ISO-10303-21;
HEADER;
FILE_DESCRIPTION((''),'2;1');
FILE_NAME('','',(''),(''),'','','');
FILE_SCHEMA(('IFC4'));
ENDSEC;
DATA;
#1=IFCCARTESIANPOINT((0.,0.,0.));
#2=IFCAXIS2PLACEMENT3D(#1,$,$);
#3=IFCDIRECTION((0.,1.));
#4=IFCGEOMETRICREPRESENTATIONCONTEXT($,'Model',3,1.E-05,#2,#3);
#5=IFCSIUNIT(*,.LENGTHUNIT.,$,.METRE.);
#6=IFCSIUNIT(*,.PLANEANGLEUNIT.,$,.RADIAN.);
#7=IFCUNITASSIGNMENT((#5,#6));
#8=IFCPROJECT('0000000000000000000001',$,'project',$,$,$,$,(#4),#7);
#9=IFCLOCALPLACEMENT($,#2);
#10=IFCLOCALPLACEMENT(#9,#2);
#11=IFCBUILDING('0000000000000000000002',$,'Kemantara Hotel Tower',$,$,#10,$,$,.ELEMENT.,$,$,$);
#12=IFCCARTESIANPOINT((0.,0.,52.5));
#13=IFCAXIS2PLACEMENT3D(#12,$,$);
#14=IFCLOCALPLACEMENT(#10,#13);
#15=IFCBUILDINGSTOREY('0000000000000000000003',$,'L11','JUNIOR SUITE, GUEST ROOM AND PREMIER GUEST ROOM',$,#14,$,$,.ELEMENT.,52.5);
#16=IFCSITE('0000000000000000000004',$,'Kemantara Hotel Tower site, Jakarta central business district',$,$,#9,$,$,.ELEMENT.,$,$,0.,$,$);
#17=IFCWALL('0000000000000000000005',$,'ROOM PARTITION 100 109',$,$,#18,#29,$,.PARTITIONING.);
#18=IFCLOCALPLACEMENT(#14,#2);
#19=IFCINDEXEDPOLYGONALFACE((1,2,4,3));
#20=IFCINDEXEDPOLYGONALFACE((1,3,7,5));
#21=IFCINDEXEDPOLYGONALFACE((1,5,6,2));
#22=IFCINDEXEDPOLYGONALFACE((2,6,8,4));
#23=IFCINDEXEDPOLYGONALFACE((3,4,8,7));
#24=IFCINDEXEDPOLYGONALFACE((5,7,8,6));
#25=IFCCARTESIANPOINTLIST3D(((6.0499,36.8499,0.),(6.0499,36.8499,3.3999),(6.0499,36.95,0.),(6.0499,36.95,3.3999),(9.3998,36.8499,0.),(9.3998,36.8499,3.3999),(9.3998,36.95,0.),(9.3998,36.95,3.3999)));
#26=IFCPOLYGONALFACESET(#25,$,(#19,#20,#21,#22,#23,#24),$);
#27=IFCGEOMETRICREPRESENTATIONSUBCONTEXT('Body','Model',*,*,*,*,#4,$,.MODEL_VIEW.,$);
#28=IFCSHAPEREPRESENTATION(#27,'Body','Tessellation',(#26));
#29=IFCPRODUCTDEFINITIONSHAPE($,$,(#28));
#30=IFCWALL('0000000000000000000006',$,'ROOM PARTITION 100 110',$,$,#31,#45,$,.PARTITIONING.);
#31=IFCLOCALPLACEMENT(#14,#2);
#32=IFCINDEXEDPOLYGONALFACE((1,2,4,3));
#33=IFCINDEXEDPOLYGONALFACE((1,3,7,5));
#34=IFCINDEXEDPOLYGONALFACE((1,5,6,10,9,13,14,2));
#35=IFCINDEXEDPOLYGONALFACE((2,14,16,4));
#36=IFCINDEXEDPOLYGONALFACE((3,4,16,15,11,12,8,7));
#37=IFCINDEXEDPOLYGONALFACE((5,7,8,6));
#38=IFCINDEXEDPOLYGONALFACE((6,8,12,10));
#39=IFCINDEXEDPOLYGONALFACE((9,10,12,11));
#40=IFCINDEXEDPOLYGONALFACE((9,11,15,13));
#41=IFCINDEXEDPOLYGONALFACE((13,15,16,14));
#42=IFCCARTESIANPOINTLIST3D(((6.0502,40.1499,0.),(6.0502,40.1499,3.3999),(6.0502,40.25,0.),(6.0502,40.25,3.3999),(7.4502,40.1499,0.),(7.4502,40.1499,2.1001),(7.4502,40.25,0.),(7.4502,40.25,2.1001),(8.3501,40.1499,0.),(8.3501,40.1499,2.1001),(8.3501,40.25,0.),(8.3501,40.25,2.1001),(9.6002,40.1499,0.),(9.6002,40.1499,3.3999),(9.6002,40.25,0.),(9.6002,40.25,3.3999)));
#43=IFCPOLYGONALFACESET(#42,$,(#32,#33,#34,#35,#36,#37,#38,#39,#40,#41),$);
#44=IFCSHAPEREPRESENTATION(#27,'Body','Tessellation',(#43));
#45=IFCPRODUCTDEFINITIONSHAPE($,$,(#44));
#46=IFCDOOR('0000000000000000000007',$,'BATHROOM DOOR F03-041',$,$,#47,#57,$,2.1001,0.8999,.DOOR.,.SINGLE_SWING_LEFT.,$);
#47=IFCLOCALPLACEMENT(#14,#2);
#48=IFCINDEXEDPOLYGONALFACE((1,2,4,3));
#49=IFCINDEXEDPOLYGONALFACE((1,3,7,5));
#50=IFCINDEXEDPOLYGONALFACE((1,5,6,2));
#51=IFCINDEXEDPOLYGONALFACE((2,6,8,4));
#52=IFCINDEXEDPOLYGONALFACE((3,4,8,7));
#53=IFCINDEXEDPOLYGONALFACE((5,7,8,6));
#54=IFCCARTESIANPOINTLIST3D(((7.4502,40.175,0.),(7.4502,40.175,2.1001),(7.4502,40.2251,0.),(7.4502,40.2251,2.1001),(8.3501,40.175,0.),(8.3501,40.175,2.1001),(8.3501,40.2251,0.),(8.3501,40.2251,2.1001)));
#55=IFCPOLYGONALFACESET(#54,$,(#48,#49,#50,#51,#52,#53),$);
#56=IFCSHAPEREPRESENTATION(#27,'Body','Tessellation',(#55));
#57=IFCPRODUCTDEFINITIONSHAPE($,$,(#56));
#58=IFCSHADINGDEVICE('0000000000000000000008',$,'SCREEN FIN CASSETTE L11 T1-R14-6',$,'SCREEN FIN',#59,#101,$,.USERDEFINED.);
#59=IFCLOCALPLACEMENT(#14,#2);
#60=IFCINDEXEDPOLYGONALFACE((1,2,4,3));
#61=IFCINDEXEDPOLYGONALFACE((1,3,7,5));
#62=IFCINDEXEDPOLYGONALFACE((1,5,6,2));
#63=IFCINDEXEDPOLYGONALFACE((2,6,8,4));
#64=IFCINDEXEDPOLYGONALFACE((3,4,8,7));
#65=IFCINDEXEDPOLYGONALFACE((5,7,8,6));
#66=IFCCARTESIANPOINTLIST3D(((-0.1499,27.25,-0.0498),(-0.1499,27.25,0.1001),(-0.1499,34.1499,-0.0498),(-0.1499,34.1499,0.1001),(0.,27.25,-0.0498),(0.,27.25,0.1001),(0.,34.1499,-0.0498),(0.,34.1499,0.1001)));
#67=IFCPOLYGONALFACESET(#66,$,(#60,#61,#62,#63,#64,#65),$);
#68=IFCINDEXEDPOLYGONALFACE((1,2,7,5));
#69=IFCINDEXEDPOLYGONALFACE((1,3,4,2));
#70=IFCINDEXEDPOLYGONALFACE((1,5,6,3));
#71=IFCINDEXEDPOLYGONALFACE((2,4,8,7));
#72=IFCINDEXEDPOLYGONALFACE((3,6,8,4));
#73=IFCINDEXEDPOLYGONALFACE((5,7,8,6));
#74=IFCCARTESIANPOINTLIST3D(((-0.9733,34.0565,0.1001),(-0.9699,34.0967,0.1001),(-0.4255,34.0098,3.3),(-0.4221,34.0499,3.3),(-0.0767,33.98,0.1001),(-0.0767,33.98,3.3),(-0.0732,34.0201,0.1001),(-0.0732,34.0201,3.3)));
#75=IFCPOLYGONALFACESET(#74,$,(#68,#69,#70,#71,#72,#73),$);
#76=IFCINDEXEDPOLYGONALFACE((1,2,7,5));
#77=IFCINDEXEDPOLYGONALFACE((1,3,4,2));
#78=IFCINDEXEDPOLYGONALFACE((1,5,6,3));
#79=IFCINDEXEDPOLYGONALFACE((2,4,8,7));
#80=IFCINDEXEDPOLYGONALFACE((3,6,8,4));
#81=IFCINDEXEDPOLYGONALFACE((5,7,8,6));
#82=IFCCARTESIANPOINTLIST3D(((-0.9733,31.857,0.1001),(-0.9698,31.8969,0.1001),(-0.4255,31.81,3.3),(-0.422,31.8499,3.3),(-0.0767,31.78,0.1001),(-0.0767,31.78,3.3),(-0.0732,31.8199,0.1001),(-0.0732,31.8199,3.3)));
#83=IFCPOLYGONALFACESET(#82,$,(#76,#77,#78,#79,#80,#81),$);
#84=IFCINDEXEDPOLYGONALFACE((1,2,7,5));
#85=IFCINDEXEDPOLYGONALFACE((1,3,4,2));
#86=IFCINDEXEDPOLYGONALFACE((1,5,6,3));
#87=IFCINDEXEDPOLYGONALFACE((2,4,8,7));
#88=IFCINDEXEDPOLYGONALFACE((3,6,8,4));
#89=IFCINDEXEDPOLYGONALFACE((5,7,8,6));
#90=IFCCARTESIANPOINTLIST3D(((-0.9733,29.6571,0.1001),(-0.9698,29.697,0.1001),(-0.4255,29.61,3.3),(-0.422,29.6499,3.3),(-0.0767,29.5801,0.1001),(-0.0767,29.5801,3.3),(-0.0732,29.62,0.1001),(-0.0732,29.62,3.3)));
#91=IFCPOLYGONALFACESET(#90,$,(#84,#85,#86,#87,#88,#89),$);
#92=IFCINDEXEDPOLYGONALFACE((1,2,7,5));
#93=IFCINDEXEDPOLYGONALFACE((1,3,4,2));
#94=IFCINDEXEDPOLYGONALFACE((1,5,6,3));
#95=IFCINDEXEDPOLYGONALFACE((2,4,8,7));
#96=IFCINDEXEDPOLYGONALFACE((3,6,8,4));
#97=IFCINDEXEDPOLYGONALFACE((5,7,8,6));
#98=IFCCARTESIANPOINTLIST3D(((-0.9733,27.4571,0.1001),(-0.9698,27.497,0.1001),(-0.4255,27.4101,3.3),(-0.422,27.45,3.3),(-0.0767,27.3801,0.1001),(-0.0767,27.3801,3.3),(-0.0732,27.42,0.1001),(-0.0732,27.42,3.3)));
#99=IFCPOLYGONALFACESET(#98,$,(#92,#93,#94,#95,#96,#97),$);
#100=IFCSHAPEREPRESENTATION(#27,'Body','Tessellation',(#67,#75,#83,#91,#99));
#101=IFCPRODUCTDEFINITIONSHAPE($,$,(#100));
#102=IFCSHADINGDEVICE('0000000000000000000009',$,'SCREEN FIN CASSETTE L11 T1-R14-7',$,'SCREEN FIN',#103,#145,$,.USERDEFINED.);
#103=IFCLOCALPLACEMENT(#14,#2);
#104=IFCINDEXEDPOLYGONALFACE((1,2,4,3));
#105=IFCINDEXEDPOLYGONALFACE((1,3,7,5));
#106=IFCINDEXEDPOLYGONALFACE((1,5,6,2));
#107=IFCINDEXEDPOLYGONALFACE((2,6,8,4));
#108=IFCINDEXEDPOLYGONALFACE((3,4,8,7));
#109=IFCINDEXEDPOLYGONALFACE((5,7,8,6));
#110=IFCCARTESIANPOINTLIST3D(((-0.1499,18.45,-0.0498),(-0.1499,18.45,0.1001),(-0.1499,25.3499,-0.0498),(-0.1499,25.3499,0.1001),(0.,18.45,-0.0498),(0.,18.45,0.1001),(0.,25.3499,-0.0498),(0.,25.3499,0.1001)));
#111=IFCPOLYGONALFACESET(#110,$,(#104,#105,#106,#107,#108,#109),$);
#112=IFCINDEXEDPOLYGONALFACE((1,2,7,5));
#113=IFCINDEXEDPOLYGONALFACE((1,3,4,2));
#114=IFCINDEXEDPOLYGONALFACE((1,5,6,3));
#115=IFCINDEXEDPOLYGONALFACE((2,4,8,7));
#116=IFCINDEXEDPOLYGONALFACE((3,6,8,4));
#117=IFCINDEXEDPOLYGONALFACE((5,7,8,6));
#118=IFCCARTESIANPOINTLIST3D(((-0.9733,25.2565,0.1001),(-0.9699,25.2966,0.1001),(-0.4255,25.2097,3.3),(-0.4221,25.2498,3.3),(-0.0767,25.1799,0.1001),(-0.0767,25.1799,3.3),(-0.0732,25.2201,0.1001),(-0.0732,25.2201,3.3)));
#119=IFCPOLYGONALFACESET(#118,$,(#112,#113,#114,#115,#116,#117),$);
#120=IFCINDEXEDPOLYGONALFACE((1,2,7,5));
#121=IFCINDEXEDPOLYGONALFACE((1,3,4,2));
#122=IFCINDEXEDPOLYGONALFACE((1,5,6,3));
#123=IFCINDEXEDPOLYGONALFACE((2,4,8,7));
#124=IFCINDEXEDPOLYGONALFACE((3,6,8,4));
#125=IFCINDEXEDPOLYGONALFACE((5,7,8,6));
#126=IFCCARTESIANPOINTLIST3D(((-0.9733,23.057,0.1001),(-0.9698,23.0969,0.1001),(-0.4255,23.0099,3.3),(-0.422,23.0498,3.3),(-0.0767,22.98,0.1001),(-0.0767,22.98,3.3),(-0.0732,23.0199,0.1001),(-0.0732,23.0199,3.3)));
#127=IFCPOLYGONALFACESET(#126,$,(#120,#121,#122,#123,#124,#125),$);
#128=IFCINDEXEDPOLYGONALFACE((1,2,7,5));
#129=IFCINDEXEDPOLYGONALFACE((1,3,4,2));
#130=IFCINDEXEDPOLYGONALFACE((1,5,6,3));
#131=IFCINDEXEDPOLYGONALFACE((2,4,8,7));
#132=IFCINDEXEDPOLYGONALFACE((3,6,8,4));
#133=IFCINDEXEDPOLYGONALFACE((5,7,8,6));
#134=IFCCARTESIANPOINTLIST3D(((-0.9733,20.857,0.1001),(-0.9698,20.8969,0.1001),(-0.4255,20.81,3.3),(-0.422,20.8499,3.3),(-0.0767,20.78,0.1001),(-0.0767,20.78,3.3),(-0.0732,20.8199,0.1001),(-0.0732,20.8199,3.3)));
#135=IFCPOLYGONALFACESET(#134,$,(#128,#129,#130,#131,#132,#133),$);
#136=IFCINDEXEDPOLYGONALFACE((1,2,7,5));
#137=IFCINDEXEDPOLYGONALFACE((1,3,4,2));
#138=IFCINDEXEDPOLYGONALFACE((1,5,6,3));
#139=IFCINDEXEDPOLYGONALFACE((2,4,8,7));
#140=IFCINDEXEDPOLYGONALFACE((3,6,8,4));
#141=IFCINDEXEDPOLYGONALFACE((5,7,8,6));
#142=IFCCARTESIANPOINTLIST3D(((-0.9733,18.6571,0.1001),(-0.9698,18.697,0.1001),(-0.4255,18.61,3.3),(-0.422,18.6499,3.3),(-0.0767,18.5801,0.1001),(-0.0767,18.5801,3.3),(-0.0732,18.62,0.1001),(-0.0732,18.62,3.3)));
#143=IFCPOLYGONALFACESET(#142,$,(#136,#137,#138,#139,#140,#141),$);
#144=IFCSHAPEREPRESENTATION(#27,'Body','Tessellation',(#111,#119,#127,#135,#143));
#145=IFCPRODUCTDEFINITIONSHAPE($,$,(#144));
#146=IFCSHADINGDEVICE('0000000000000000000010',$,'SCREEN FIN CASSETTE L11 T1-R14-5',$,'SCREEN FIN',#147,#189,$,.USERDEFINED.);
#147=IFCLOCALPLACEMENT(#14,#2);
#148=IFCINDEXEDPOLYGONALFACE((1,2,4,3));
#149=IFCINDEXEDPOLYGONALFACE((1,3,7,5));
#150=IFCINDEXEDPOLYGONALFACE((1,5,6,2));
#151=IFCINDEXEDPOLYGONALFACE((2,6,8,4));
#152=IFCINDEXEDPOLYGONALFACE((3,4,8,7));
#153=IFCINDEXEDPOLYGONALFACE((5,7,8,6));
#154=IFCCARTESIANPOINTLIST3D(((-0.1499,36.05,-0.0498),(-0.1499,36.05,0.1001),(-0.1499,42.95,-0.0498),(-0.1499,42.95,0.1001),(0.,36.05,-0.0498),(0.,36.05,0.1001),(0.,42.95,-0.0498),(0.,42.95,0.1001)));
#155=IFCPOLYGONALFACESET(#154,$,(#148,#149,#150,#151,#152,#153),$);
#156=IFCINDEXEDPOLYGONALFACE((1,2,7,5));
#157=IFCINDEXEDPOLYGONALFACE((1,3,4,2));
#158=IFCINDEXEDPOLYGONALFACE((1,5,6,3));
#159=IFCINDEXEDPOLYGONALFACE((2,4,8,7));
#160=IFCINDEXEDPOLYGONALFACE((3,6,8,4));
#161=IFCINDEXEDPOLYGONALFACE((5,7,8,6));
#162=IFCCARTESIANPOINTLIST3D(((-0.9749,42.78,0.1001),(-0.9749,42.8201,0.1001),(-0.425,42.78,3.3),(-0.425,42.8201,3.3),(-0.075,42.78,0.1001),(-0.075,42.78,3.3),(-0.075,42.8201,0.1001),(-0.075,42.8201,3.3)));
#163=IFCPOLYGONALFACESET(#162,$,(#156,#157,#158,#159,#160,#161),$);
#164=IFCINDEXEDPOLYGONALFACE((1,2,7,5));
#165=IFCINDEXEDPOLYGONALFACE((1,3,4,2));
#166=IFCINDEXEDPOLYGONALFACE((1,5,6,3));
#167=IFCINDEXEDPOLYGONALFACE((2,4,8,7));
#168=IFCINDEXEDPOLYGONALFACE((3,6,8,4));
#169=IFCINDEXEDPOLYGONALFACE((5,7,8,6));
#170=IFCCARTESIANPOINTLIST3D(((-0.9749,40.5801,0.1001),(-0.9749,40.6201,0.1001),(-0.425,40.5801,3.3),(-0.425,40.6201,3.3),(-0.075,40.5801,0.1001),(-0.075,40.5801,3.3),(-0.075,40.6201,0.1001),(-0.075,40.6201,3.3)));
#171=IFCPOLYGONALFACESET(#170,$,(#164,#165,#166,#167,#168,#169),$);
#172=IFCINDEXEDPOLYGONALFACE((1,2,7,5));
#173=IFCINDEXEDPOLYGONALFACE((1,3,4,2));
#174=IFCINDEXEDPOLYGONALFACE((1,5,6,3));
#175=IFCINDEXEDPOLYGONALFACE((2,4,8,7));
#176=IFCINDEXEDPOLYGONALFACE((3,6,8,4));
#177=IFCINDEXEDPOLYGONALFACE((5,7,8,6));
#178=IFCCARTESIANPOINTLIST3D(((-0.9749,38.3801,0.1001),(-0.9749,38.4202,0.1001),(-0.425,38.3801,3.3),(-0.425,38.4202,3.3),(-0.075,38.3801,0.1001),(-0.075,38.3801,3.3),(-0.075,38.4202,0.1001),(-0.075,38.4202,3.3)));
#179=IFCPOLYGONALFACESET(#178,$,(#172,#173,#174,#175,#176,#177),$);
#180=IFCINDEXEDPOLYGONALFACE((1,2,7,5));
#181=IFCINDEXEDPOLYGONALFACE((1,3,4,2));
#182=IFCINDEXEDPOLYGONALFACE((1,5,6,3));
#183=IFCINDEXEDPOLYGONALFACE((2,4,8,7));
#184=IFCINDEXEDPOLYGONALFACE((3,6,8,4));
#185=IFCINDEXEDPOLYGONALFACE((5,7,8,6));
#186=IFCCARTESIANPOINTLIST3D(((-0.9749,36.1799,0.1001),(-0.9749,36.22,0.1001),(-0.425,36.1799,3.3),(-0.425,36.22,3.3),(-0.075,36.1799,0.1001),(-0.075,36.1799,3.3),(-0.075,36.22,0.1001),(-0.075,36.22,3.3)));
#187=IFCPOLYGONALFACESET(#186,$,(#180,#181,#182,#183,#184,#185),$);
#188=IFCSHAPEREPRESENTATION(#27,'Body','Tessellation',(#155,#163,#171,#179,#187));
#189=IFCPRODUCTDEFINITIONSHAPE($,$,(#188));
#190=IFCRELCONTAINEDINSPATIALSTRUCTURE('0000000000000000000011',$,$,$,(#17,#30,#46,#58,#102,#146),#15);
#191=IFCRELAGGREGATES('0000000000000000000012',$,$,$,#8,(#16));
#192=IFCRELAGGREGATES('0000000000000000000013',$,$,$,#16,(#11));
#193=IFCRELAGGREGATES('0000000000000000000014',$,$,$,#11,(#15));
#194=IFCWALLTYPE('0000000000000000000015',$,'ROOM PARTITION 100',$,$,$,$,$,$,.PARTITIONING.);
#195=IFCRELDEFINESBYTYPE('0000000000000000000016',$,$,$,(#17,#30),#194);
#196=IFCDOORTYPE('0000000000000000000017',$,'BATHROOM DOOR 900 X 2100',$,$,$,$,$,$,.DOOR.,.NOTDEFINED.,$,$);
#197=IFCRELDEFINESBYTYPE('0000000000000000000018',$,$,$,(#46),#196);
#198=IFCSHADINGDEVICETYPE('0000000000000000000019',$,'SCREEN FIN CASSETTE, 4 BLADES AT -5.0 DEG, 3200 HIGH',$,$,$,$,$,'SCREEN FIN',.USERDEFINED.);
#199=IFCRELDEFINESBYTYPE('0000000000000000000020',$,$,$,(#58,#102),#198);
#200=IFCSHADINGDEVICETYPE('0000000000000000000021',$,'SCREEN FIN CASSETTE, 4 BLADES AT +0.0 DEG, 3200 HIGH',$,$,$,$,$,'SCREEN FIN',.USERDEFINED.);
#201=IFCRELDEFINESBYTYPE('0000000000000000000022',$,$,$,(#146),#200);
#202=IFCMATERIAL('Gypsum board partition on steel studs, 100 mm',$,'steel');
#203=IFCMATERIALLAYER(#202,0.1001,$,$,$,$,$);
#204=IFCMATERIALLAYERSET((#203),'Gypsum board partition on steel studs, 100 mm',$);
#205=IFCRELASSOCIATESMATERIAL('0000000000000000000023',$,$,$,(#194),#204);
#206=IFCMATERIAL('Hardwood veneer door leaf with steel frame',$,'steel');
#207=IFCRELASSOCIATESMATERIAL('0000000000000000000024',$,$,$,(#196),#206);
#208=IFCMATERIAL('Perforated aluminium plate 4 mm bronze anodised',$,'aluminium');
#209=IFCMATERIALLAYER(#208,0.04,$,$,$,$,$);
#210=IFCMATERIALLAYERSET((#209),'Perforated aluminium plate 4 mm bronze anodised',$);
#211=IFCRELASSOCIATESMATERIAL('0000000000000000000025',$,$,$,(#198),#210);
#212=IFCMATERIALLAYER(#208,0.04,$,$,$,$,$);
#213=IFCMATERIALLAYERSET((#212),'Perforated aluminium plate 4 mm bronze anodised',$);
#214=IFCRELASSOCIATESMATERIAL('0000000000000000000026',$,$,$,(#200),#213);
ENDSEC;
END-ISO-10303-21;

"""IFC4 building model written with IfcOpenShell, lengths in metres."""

from ifc_helpers import new_model, si_unit, direction, frame, frame_2d, origin, origin_2d, place, context, subcontext, project, spatial, polyline, rectangle, outline, extrude, source, transform, mapped, material, layer, layer_set, type_object, element, fill, save


model = new_model("IFC4")

# Units and contexts
model_context = context("Model", 3, precision=1e-05, world=origin(), true_north=direction((0.0, 1.0)))
body_context = subcontext(model_context, "Body", "Model", "MODEL_VIEW")
ifc_project = project(units=[si_unit("LENGTHUNIT", "METRE"), si_unit("PLANEANGLEUNIT", "RADIAN")], contexts=[model_context])

# Site, building, storey
site_placement = place(None, origin())
site = spatial("IfcSite", under=ifc_project, at=site_placement, Name="Kemantara Hotel Tower site, Jakarta central business district", CompositionType="ELEMENT", RefElevation=0.0)
building_placement = place(site_placement, origin())
building = spatial("IfcBuilding", under=site, at=building_placement, Name="Kemantara Hotel Tower", CompositionType="ELEMENT")
storey_placement = place(building_placement, frame((0.0, 0.0, 52.5)))
storey = spatial("IfcBuildingStorey", under=building, at=storey_placement, Name="L11", Description="JUNIOR SUITE, GUEST ROOM AND PREMIER GUEST ROOM", CompositionType="ELEMENT", Elevation=52.5)

# Shared definitions
ifc_material_1 = material(Name="Hardwood veneer door leaf with steel frame", Category="steel")

# Shared definitions
ifc_material_2 = material(Name="Gypsum board partition on steel studs, 100 mm", Category="steel")
ifc_layer_1 = layer(ifc_material_2, 0.1001)
ifc_layer_set_1 = layer_set([ifc_layer_1], Name="Gypsum board partition on steel studs, 100 mm")
wall_type_1 = type_object("IfcWallType", Name="ROOM PARTITION 100", PredefinedType="PARTITIONING", material=ifc_layer_set_1)

# Shared definitions
door_type_1 = type_object("IfcDoorType", Name="BATHROOM DOOR 900 X 2100", OperationType="NOTDEFINED", PredefinedType="DOOR", material=ifc_material_1)

# Wall
wall_1_placement = place(storey_placement, frame((6.05, 36.8999, 0.0), z_axis=(0.0, 0.0, 1.0), x_axis=(1.0, 0.0, 0.0)))
element("IfcWall", 1, at=wall_1_placement, inside=storey, type_object=wall_type_1, Name="ROOM PARTITION 100 109", PredefinedType="PARTITIONING", context=body_context, shape_type="SweptSolid", body=[
    extrude(rectangle(XDim=3.3499, YDim=0.1001, at=frame_2d((1.6748, 0.0))), origin(), (0.0, 0.0, 1.0), 3.3999),
])

# Wall, opening, door
wall_2_placement = place(storey_placement, frame((9.6001, 40.2, 0.0), z_axis=(0.0, 0.0, 1.0), x_axis=(-1.0, 0.0, 0.0)))
wall_2 = element("IfcWall", 2, at=wall_2_placement, inside=storey, type_object=wall_type_1, Name="ROOM PARTITION 100 110", PredefinedType="PARTITIONING", context=body_context, shape_type="SweptSolid", body=[
    extrude(rectangle(XDim=3.55, YDim=0.1001, at=frame_2d((1.7749, 0.0))), origin(), (0.0, 0.0, 1.0), 3.3999),
])
opening_1_placement = place(wall_2_placement, frame((1.25, 0.0, 0.0)))
opening_1 = element("IfcOpeningElement", 3, at=opening_1_placement, cuts=wall_2, PredefinedType="OPENING", context=body_context, shape_type="SweptSolid", body=[
    extrude(rectangle(XDim=0.8999, YDim=2.1001, at=frame_2d((0.45, 1.05))), frame((0.0, 0.0601, 0.0), z_axis=(0.0, -1.0, 0.0), x_axis=(1.0, 0.0, 0.0)), (0.0, 0.0, 1.0), 0.1201),
])
door_1_placement = place(opening_1_placement, origin())
door_1 = element("IfcDoor", 4, at=door_1_placement, inside=storey, type_object=door_type_1, Name="BATHROOM DOOR F03-041", OperationType="SINGLE_SWING_LEFT", OverallHeight=2.1001, OverallWidth=0.8999, PredefinedType="DOOR", context=body_context, shape_type="SweptSolid", body=[
    extrude(rectangle(XDim=0.8999, YDim=2.1001, at=frame_2d((0.45, 1.05))), frame((0.0, 0.0249, 0.0), z_axis=(0.0, -1.0, 0.0), x_axis=(1.0, 0.0, 0.0)), (0.0, 0.0, 1.0), 0.05),
])
fill(opening_1, door_1)

# Shading devices
ifc_material_3 = material(Name="Perforated aluminium plate 4 mm bronze anodised", Category="aluminium")
ifc_layer_2 = layer(ifc_material_3, 0.04)
ifc_layer_set_2 = layer_set([ifc_layer_2], Name="Perforated aluminium plate 4 mm bronze anodised")
shading_device_type_1 = type_object("IfcShadingDeviceType", Name="SCREEN FIN CASSETTE, 4 BLADES AT -5.0 DEG, 3200 HIGH", ElementType="SCREEN FIN", PredefinedType="USERDEFINED", material=ifc_layer_set_2)
shared_shape_1 = source(origin(), body_context, "Body", "SweptSolid", [
    extrude(rectangle(XDim=6.8999, YDim=0.1499, at=origin_2d()), frame((3.3, -0.075, -0.1499), z_axis=(0.0, 0.0, 1.0), x_axis=(1.0, 0.0, 0.0)), (0.0, 0.0, 1.0), 0.1499),
    extrude(outline(polyline([(0.0, 0.0), (0.8999, 0.0), (0.3501, 3.2), (0.0, 3.2), (0.0, 0.0)])), frame((0.02, -0.0767, 0.0), z_axis=(-0.996376, 0.085056, 0.0), x_axis=(-0.085056, -0.996376, 0.0)), (0.0, 0.0, 1.0), 0.0403),
    extrude(outline(polyline([(0.0, 0.0), (0.8999, 0.0), (0.3501, 3.2), (0.0, 3.2), (0.0, 0.0)])), frame((2.22, -0.0767, 0.0), z_axis=(-0.996332, 0.085575, 0.0), x_axis=(-0.085575, -0.996332, 0.0)), (0.0, 0.0, 1.0), 0.04),
    extrude(outline(polyline([(0.0, 0.0), (0.8999, 0.0), (0.3501, 3.2), (0.0, 3.2), (0.0, 0.0)])), frame((4.4199, -0.0767, 0.0), z_axis=(-0.996332, 0.085575, 0.0), x_axis=(-0.085575, -0.996332, 0.0)), (0.0, 0.0, 1.0), 0.04),
    extrude(outline(polyline([(0.0, 0.0), (0.8999, 0.0), (0.3501, 3.2), (0.0, 3.2), (0.0, 0.0)])), frame((6.6199, -0.0767, 0.0), z_axis=(-0.996332, 0.085575, 0.0), x_axis=(-0.085575, -0.996332, 0.0)), (0.0, 0.0, 1.0), 0.04),
])
for number, where, z_axis, x_axis, name in (
    (5, (0.0, 34.0, 0.1001), (0.0, 0.0, 1.0), (0.0, -1.0, 0.0), "SCREEN FIN CASSETTE L11 T1-R14-6"),
    (6, (0.0, 25.2, 0.1001), (0.0, 0.0, 1.0), (0.0, -1.0, 0.0), "SCREEN FIN CASSETTE L11 T1-R14-7"),
):
    element("IfcShadingDevice", number, at=place(storey_placement, frame(where, z_axis=z_axis, x_axis=x_axis)), inside=storey, type_object=shading_device_type_1, Name=name, ObjectType="SCREEN FIN", PredefinedType="USERDEFINED", context=body_context, shape_type="MappedRepresentation", body=[
        mapped(shared_shape_1, transform((0.0, 0.0, 0.0))),
    ])
ifc_layer_3 = layer(ifc_material_3, 0.04)
ifc_layer_set_3 = layer_set([ifc_layer_3], Name="Perforated aluminium plate 4 mm bronze anodised")
shading_device_type_2 = type_object("IfcShadingDeviceType", Name="SCREEN FIN CASSETTE, 4 BLADES AT +0.0 DEG, 3200 HIGH", ElementType="SCREEN FIN", PredefinedType="USERDEFINED", material=ifc_layer_set_3)
shared_shape_2 = source(origin(), body_context, "Body", "SweptSolid", [
    extrude(rectangle(XDim=6.8999, YDim=0.1499, at=origin_2d()), frame((3.3, -0.075, -0.1499), z_axis=(0.0, 0.0, 1.0), x_axis=(1.0, 0.0, 0.0)), (0.0, 0.0, 1.0), 0.1499),
    extrude(outline(polyline([(0.0, 0.0), (0.8999, 0.0), (0.3501, 3.2), (0.0, 3.2), (0.0, 0.0)])), frame((0.02, -0.075, 0.0), z_axis=(-1.0, 0.0, 0.0), x_axis=(0.0, -1.0, 0.0)), (0.0, 0.0, 1.0), 0.04),
    extrude(outline(polyline([(0.0, 0.0), (0.8999, 0.0), (0.3501, 3.2), (0.0, 3.2), (0.0, 0.0)])), frame((2.22, -0.075, 0.0), z_axis=(-1.0, 0.0, 0.0), x_axis=(0.0, -1.0, 0.0)), (0.0, 0.0, 1.0), 0.04),
    extrude(outline(polyline([(0.0, 0.0), (0.8999, 0.0), (0.3501, 3.2), (0.0, 3.2), (0.0, 0.0)])), frame((4.4199, -0.075, 0.0), z_axis=(-1.0, 0.0, 0.0), x_axis=(0.0, -1.0, 0.0)), (0.0, 0.0, 1.0), 0.04),
    extrude(outline(polyline([(0.0, 0.0), (0.8999, 0.0), (0.3501, 3.2), (0.0, 3.2), (0.0, 0.0)])), frame((6.6201, -0.075, 0.0), z_axis=(-1.0, 0.0, 0.0), x_axis=(0.0, -1.0, 0.0)), (0.0, 0.0, 1.0), 0.04),
])
shading_device_placement = place(storey_placement, frame((0.0, 42.8, 0.1001), z_axis=(0.0, 0.0, 1.0), x_axis=(0.0, -1.0, 0.0)))
element("IfcShadingDevice", 7, at=shading_device_placement, inside=storey, type_object=shading_device_type_2, Name="SCREEN FIN CASSETTE L11 T1-R14-5", ObjectType="SCREEN FIN", PredefinedType="USERDEFINED", context=body_context, shape_type="MappedRepresentation", body=[
    mapped(shared_shape_2, transform((0.0, 0.0, 0.0))),
])

save(model, "model.ifc")
